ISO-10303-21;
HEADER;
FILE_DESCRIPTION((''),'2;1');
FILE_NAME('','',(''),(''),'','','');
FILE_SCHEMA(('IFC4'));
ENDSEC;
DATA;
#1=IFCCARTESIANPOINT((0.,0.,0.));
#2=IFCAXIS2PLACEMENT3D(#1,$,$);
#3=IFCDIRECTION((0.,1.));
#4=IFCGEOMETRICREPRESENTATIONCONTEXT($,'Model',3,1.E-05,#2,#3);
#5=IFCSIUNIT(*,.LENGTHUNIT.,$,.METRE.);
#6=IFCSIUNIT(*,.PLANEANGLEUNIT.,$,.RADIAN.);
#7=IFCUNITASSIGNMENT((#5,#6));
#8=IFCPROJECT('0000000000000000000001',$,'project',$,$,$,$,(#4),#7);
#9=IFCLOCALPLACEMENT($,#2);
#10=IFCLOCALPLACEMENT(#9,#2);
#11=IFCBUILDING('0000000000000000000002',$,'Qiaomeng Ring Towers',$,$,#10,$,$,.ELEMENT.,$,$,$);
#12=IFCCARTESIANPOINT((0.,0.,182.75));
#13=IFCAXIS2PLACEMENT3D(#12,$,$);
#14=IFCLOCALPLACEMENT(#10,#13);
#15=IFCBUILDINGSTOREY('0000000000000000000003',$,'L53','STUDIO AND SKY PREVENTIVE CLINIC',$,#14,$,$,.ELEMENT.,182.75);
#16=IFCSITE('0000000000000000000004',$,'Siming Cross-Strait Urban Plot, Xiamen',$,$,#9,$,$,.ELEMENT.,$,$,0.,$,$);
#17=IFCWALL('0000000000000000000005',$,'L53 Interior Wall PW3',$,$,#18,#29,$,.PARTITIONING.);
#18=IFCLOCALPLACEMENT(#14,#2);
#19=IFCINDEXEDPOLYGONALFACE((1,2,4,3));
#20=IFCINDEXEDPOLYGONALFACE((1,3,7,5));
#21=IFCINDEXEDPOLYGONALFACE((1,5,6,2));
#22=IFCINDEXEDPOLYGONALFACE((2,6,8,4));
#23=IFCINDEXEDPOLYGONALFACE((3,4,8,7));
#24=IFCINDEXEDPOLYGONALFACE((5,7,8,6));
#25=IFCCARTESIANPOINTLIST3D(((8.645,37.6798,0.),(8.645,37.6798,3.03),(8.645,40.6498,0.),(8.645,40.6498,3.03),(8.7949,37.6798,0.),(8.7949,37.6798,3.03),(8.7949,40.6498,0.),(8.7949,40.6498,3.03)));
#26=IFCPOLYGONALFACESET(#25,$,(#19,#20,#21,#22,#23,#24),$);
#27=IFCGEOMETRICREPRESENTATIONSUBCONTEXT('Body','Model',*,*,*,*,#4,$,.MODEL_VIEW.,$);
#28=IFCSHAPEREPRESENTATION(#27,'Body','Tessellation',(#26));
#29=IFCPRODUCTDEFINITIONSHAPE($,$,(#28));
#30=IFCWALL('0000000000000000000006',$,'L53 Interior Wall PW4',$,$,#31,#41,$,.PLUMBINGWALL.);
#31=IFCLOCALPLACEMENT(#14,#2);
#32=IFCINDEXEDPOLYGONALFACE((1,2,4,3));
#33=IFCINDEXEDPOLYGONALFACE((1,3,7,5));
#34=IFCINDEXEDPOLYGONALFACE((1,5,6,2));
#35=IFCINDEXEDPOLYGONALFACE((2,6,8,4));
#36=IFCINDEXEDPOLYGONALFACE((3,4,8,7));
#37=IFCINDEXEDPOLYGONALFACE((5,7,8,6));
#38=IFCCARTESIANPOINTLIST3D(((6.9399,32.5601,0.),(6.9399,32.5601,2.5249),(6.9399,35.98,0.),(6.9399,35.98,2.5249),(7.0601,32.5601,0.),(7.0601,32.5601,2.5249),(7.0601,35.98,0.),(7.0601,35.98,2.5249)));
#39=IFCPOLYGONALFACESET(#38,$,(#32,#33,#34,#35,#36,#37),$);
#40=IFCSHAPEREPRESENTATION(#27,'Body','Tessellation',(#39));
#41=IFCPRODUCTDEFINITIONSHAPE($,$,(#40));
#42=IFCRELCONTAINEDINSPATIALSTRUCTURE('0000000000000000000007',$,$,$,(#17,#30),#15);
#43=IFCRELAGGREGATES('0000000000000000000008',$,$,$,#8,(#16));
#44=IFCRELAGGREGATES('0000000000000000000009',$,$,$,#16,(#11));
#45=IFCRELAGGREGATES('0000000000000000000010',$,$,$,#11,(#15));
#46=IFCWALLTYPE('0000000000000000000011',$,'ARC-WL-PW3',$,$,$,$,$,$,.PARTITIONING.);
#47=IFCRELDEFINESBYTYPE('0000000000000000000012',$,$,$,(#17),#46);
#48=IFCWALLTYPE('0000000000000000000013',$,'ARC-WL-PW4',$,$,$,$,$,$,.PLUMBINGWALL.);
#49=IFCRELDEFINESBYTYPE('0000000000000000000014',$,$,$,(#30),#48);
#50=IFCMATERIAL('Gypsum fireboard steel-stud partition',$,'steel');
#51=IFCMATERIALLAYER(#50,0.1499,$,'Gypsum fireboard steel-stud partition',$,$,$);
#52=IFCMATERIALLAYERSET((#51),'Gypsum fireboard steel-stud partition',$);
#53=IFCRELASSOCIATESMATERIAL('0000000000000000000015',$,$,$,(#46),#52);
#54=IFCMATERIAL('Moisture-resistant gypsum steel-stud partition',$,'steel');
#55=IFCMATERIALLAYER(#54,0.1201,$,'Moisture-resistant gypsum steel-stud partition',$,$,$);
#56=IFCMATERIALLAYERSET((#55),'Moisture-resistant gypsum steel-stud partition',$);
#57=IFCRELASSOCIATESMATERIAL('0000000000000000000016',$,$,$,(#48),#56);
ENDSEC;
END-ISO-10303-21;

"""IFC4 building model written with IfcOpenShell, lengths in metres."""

from ifc_helpers import new_model, si_unit, direction, frame, frame_2d, origin, place, context, subcontext, project, spatial, rectangle, extrude, material, layer, layer_set, type_object, element, save


model = new_model("IFC4")

# Units and contexts
model_context = context("Model", 3, precision=1e-05, world=origin(), true_north=direction((0.0, 1.0)))
body_context = subcontext(model_context, "Body", "Model", "MODEL_VIEW")
ifc_project = project(units=[si_unit("LENGTHUNIT", "METRE"), si_unit("PLANEANGLEUNIT", "RADIAN")], contexts=[model_context])

# Site, building, storey
site_placement = place(None, origin())
site = spatial("IfcSite", under=ifc_project, at=site_placement, Name="Siming Cross-Strait Urban Plot, Xiamen", CompositionType="ELEMENT", RefElevation=0.0)
building_placement = place(site_placement, origin())
building = spatial("IfcBuilding", under=site, at=building_placement, Name="Qiaomeng Ring Towers", CompositionType="ELEMENT")
storey_placement = place(building_placement, frame((0.0, 0.0, 182.75)))
storey = spatial("IfcBuildingStorey", under=building, at=storey_placement, Name="L53", Description="STUDIO AND SKY PREVENTIVE CLINIC", CompositionType="ELEMENT", Elevation=182.75)

# Walls
ifc_material_1 = material(Name="Gypsum fireboard steel-stud partition", Category="steel")
ifc_layer_1 = layer(ifc_material_1, 0.1499, Name="Gypsum fireboard steel-stud partition")
ifc_layer_set_1 = layer_set([ifc_layer_1], Name="Gypsum fireboard steel-stud partition")
wall_type_1 = type_object("IfcWallType", Name="ARC-WL-PW3", PredefinedType="PARTITIONING", material=ifc_layer_set_1)
wall_1_placement = place(storey_placement, frame((8.72, 37.6799, 0.0), z_axis=(0.0, 0.0, 1.0), x_axis=(0.0, 1.0, 0.0)))
element("IfcWall", 1, at=wall_1_placement, inside=storey, type_object=wall_type_1, Name="L53 Interior Wall PW3", PredefinedType="PARTITIONING", context=body_context, shape_type="SweptSolid", body=[
    extrude(rectangle(XDim=2.97, YDim=0.1499, at=frame_2d((1.4849, 0.0))), origin(), (0.0, 0.0, 1.0), 3.03),
])
ifc_material_2 = material(Name="Moisture-resistant gypsum steel-stud partition", Category="steel")
ifc_layer_2 = layer(ifc_material_2, 0.1201, Name="Moisture-resistant gypsum steel-stud partition")
ifc_layer_set_2 = layer_set([ifc_layer_2], Name="Moisture-resistant gypsum steel-stud partition")
wall_type_2 = type_object("IfcWallType", Name="ARC-WL-PW4", PredefinedType="PLUMBINGWALL", material=ifc_layer_set_2)
wall_2_placement = place(storey_placement, frame((7.0, 32.5601, 0.0), z_axis=(0.0, 0.0, 1.0), x_axis=(0.0, 1.0, 0.0)))
element("IfcWall", 2, at=wall_2_placement, inside=storey, type_object=wall_type_2, Name="L53 Interior Wall PW4", PredefinedType="PLUMBINGWALL", context=body_context, shape_type="SweptSolid", body=[
    extrude(rectangle(XDim=3.4199, YDim=0.1201, at=frame_2d((1.71, 0.0))), origin(), (0.0, 0.0, 1.0), 2.5249),
])

save(model, "model.ifc")
